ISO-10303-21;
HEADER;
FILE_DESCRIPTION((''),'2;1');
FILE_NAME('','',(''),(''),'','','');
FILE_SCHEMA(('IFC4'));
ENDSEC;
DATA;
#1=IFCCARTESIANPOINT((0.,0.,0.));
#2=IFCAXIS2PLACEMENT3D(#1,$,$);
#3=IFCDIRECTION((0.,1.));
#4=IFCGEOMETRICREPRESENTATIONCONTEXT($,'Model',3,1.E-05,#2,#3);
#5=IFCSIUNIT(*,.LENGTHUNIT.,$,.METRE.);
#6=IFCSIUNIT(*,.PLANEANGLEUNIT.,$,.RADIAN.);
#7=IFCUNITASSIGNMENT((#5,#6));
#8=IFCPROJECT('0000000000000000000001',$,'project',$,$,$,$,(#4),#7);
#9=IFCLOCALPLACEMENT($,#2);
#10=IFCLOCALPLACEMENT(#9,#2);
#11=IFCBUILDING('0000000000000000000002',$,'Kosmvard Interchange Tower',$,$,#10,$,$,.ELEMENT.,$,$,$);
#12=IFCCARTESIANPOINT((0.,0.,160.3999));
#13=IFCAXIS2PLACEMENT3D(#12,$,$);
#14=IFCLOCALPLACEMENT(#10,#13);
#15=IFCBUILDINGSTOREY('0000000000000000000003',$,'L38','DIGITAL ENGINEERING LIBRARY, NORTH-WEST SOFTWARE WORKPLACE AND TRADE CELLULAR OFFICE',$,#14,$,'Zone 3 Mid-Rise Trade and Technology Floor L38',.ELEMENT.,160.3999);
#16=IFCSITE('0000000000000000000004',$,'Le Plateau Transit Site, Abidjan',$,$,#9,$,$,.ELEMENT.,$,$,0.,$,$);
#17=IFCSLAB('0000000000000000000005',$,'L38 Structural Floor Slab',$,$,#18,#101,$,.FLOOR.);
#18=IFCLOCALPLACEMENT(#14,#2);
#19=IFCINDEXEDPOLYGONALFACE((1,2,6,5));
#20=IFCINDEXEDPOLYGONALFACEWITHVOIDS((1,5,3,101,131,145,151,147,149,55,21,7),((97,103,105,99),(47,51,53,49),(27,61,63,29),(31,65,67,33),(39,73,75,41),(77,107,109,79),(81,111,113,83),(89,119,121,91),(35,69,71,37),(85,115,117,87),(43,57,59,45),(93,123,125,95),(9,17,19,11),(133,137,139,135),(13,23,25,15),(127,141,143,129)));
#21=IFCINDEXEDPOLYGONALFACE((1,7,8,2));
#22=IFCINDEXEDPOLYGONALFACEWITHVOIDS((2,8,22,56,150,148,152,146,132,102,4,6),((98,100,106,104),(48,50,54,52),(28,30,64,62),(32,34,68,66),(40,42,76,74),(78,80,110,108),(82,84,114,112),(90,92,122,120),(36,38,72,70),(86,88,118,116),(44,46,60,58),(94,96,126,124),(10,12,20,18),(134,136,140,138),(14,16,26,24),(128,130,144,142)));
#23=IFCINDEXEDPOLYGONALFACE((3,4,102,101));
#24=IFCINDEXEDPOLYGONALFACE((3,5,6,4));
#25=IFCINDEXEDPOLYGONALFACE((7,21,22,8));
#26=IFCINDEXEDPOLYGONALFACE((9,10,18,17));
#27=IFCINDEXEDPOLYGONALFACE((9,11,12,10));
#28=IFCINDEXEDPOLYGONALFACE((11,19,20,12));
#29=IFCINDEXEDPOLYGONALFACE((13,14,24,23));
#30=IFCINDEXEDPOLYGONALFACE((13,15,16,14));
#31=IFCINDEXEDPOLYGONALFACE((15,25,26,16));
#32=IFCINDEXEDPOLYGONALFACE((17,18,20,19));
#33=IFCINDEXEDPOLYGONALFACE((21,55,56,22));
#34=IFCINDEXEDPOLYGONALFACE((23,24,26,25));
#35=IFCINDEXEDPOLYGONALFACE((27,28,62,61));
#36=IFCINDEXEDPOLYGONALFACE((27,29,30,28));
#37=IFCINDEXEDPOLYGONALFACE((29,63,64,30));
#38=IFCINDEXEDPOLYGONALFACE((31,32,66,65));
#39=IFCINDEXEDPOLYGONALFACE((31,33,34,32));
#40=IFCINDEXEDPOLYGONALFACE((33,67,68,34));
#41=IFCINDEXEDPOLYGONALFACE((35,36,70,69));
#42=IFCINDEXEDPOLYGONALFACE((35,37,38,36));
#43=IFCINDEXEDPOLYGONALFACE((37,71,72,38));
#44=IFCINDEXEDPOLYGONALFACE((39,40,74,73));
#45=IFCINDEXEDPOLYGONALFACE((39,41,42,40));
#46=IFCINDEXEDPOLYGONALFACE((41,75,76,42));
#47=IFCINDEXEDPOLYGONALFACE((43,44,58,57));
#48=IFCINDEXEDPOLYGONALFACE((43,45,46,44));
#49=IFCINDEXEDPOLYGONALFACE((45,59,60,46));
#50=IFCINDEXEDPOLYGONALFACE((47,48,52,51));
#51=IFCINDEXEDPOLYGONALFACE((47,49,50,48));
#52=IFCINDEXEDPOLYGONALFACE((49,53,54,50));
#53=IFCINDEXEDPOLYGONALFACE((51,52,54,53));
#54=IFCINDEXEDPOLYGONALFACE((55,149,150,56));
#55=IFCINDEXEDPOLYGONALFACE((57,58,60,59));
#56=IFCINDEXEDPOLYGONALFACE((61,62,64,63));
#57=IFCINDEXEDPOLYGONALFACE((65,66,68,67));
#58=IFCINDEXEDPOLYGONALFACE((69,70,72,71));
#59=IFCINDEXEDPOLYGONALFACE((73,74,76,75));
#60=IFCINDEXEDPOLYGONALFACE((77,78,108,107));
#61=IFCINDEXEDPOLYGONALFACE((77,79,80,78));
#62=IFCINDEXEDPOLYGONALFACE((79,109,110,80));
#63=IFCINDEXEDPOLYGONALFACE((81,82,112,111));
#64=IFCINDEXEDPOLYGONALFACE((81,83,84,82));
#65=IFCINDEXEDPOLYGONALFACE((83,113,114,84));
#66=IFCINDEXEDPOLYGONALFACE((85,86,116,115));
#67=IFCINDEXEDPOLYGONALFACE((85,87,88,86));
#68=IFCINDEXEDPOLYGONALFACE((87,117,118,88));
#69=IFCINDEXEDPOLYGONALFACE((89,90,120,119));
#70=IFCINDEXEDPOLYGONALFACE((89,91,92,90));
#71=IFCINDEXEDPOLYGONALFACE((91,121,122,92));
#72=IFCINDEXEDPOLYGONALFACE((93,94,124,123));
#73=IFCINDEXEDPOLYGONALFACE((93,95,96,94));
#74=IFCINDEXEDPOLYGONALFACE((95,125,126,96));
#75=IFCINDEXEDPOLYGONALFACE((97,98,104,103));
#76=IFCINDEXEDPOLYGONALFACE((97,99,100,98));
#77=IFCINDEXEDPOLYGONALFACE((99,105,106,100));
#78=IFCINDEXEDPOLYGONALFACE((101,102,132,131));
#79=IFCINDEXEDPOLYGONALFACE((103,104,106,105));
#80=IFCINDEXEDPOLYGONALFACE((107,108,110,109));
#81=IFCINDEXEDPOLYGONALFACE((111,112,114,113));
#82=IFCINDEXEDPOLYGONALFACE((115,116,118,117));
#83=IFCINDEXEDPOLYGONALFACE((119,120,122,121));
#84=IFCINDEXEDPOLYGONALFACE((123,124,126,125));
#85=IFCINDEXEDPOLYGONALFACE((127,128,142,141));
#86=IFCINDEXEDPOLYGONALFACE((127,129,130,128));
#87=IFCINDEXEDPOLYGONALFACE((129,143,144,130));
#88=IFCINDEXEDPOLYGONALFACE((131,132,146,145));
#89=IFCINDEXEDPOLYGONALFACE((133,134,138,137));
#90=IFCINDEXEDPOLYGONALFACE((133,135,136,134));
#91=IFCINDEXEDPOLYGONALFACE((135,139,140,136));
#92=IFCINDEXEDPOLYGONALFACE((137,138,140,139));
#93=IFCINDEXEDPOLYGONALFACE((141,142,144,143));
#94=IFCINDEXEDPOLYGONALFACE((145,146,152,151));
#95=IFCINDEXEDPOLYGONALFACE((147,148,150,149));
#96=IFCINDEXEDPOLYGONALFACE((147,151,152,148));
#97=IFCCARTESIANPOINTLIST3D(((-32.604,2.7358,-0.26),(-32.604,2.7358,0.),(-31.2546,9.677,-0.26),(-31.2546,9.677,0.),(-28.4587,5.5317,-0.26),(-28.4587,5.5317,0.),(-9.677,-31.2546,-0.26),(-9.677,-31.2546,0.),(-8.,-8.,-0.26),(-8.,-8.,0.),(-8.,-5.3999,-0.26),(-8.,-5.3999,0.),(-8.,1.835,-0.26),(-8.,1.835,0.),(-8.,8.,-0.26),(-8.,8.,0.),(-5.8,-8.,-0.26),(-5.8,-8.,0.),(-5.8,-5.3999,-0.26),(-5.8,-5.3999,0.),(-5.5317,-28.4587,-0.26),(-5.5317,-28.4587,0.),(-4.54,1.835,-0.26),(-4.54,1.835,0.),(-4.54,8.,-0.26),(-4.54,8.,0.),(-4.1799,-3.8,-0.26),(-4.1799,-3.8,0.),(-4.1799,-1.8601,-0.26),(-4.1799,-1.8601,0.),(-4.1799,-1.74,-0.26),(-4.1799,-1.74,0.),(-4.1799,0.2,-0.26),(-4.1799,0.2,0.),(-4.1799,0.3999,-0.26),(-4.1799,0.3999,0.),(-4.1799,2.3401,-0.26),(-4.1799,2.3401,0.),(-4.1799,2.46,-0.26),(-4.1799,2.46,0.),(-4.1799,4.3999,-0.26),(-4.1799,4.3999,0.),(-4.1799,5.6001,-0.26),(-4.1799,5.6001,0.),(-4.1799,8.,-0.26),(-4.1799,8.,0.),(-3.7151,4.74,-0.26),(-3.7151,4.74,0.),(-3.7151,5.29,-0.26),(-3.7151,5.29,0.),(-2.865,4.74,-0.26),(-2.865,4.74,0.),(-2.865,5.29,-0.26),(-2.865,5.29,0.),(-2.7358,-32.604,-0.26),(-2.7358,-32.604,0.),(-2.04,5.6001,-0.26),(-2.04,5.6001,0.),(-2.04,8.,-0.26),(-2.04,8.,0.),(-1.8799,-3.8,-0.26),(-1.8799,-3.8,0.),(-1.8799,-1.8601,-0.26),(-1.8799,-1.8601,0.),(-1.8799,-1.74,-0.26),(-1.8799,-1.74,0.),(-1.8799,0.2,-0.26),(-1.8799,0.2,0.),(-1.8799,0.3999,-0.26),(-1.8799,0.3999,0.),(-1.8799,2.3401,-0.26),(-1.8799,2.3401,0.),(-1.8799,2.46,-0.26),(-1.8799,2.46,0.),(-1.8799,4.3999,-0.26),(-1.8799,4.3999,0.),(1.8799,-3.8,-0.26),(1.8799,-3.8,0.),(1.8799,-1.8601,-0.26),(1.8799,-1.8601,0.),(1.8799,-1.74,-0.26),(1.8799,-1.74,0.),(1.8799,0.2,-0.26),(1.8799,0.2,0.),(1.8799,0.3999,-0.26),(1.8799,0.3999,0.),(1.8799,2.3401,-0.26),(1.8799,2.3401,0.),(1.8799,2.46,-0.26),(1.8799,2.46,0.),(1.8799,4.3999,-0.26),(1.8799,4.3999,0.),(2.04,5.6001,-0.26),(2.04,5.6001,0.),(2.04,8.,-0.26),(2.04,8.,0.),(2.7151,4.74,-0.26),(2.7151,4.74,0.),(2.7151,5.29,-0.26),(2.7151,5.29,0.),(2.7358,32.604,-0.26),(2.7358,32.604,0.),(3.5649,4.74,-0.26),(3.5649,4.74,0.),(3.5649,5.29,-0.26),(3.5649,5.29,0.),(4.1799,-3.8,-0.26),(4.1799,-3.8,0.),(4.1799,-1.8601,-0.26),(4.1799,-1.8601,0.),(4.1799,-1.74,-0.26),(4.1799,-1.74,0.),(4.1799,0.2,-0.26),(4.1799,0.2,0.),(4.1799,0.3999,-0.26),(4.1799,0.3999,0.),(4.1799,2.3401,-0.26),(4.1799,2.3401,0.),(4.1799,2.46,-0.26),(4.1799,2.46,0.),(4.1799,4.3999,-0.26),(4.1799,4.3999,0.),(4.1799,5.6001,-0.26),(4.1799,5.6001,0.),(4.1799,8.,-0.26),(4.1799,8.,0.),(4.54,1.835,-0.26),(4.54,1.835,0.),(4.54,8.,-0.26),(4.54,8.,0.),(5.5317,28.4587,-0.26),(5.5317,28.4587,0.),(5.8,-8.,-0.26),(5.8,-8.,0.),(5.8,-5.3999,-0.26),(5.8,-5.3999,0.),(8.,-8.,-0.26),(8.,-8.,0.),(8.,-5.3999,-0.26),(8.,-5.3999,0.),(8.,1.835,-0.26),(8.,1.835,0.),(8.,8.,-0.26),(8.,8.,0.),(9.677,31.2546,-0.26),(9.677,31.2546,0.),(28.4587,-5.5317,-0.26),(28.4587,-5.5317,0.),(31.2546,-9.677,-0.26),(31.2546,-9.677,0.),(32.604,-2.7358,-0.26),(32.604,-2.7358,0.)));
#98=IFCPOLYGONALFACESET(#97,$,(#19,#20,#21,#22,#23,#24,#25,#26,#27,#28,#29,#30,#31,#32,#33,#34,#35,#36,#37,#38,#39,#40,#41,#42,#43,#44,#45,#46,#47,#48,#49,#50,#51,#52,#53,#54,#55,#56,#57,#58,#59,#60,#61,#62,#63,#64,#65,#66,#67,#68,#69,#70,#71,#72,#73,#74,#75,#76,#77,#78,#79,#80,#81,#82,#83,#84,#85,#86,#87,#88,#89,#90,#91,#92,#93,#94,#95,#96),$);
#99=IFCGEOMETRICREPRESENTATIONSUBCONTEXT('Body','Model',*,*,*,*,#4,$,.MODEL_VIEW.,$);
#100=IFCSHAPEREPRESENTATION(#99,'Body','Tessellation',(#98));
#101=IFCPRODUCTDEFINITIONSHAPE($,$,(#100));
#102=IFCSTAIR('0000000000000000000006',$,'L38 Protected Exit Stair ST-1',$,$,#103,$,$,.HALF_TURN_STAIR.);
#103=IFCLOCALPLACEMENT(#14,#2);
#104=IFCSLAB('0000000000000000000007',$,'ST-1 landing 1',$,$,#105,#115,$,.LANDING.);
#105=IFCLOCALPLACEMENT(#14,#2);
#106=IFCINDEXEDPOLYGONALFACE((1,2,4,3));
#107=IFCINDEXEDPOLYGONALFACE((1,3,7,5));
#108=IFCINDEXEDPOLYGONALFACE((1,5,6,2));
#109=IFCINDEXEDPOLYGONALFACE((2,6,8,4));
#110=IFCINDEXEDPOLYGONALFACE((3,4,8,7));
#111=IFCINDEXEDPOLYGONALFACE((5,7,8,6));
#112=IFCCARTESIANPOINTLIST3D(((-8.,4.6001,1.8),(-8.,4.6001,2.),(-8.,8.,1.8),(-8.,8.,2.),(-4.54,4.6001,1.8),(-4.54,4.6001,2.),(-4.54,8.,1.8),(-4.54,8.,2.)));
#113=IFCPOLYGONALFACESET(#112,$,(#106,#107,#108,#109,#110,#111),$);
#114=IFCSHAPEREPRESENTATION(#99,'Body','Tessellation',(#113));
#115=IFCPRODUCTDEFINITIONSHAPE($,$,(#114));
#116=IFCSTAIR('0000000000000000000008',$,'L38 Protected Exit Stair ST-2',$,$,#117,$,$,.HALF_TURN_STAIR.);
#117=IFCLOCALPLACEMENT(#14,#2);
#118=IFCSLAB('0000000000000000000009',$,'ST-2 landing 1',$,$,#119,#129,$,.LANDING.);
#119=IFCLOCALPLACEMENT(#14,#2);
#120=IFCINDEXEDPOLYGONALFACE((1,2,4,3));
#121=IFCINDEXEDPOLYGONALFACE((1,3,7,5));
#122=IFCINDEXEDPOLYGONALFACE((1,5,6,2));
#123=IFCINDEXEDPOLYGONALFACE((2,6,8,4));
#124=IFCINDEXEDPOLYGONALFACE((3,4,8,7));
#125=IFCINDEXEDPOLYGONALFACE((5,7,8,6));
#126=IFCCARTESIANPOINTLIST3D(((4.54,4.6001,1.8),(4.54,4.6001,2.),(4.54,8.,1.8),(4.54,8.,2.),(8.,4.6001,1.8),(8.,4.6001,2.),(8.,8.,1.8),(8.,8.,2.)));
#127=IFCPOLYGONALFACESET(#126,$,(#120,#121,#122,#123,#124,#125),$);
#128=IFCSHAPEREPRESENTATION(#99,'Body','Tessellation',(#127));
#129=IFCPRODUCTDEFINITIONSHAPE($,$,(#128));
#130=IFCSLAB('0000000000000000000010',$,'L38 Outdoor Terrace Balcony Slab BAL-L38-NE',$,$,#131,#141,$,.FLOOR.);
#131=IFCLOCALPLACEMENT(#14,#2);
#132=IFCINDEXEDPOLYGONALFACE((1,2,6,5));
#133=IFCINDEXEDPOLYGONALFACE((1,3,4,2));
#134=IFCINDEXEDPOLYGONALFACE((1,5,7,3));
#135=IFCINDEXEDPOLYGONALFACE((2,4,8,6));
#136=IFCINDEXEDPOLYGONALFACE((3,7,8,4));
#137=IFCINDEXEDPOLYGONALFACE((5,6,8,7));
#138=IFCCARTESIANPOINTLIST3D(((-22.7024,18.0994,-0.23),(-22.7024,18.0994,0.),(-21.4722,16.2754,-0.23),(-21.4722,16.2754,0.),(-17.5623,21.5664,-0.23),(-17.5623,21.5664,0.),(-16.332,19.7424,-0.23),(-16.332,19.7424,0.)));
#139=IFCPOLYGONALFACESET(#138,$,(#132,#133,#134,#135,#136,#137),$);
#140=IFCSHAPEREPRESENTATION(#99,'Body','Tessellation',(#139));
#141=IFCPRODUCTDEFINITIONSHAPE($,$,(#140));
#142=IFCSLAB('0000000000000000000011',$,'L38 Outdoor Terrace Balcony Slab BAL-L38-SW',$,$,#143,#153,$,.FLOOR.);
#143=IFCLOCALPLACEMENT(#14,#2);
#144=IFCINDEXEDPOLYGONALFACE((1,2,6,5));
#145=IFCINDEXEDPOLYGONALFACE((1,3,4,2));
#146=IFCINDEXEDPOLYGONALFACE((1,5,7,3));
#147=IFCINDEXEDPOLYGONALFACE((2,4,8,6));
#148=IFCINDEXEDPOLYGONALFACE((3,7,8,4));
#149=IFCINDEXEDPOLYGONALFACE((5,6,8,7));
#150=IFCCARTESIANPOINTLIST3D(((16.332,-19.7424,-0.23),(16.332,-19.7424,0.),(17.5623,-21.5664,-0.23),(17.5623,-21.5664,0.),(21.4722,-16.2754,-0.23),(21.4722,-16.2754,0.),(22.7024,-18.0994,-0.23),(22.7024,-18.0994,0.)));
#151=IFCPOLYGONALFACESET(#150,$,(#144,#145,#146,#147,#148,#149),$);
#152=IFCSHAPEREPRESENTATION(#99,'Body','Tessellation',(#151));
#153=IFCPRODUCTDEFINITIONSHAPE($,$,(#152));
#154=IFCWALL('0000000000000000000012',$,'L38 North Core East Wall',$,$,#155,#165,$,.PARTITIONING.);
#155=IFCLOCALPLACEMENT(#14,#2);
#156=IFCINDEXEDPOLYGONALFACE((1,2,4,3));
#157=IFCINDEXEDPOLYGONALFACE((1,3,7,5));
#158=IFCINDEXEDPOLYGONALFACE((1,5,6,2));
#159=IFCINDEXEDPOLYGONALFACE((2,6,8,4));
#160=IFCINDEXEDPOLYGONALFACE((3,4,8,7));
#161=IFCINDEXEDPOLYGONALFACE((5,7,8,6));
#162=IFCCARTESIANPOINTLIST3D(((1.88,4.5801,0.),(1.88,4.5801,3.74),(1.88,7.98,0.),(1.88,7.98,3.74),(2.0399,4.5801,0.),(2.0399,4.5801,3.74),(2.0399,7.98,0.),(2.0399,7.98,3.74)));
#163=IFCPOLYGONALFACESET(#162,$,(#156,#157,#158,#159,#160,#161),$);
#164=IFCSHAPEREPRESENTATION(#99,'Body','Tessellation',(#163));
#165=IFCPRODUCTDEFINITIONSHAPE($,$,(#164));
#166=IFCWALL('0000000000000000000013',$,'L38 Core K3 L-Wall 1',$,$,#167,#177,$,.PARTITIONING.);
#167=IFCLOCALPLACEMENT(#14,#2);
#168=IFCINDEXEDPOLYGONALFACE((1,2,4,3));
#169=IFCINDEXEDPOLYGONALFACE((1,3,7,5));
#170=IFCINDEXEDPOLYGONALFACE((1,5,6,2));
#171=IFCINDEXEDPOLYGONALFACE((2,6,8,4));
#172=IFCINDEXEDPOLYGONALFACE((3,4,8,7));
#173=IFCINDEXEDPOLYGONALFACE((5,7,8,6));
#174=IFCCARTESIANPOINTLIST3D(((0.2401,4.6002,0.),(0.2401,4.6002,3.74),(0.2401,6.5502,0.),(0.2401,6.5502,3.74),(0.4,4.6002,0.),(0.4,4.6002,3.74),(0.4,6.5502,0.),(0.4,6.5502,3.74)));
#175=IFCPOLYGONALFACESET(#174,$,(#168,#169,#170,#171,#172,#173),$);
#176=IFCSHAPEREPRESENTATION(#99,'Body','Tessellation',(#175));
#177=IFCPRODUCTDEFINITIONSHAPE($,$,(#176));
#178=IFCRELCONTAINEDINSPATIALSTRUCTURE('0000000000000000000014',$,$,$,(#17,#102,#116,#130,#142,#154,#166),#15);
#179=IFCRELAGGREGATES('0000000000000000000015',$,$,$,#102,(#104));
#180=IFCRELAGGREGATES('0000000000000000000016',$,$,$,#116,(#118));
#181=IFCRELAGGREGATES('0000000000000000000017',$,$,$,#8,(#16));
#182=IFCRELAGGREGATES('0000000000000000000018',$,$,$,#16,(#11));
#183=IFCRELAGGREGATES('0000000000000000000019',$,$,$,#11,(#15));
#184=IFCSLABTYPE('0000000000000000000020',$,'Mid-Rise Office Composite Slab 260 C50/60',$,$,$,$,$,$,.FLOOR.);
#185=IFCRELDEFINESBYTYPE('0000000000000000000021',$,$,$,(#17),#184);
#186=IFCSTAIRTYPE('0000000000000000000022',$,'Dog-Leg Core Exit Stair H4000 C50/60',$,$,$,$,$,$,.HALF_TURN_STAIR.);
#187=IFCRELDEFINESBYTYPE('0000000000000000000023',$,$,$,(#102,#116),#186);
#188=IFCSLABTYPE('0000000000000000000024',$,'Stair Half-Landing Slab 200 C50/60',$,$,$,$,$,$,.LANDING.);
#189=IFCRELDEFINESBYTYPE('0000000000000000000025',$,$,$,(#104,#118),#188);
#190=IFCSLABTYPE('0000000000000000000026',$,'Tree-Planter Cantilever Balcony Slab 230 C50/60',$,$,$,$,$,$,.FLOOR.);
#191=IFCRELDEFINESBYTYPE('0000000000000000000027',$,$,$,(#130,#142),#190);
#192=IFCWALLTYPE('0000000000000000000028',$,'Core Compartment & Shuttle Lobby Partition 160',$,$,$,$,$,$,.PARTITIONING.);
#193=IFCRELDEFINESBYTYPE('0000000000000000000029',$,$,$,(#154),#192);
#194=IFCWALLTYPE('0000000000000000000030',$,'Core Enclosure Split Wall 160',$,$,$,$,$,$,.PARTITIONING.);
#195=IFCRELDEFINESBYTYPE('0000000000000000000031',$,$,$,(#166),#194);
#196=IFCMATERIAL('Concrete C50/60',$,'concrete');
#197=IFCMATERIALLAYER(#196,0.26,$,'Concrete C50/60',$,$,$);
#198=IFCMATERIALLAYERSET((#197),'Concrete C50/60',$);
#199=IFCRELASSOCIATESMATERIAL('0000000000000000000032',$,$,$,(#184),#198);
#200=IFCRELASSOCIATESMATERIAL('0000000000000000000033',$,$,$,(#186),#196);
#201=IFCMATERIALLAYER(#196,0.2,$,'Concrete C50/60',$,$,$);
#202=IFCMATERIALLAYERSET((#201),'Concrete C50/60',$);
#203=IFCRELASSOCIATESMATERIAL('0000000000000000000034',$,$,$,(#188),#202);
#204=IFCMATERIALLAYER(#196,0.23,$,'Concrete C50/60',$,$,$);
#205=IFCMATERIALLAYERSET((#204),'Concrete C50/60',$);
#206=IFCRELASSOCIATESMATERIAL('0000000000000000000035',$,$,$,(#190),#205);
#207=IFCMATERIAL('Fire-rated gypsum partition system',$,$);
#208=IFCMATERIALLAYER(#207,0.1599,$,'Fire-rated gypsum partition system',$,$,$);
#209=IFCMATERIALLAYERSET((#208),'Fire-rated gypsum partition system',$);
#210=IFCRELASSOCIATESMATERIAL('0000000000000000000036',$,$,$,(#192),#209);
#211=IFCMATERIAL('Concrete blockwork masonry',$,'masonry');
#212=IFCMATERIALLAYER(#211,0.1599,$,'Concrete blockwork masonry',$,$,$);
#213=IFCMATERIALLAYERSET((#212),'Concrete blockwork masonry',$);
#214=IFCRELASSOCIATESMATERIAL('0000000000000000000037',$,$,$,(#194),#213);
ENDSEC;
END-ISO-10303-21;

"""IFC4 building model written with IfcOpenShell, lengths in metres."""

from ifc_helpers import new_model, si_unit, direction, frame, frame_2d, origin, place, context, subcontext, project, spatial, polyline, rectangle, outline, extrude, material, layer, layer_set, type_object, element, aggregate, save


model = new_model("IFC4")

# Units and contexts
model_context = context("Model", 3, precision=1e-05, world=origin(), true_north=direction((0.0, 1.0)))
body_context = subcontext(model_context, "Body", "Model", "MODEL_VIEW")
ifc_project = project(units=[si_unit("LENGTHUNIT", "METRE"), si_unit("PLANEANGLEUNIT", "RADIAN")], contexts=[model_context])

# Site, building, storey
site_placement = place(None, origin())
site = spatial("IfcSite", under=ifc_project, at=site_placement, Name="Le Plateau Transit Site, Abidjan", CompositionType="ELEMENT", RefElevation=0.0)
building_placement = place(site_placement, origin())
building = spatial("IfcBuilding", under=site, at=building_placement, Name="Kosmvard Interchange Tower", CompositionType="ELEMENT")
storey_placement = place(building_placement, frame((0.0, 0.0, 160.3999)))
storey = spatial("IfcBuildingStorey", under=building, at=storey_placement, Name="L38", Description="DIGITAL ENGINEERING LIBRARY, NORTH-WEST SOFTWARE WORKPLACE AND TRADE CELLULAR OFFICE", LongName="Zone 3 Mid-Rise Trade and Technology Floor L38", CompositionType="ELEMENT", Elevation=160.3999)

# Slab
ifc_material_1 = material(Name="Concrete C50/60", Category="concrete")
ifc_layer_1 = layer(ifc_material_1, 0.26, Name="Concrete C50/60")
ifc_layer_set_1 = layer_set([ifc_layer_1], Name="Concrete C50/60")
slab_type_1 = type_object("IfcSlabType", Name="Mid-Rise Office Composite Slab 260 C50/60", PredefinedType="FLOOR", material=ifc_layer_set_1)
slab_1_placement = place(storey_placement, frame((0.0, 0.0, -0.26)))
element("IfcSlab", 1, at=slab_1_placement, inside=storey, type_object=slab_type_1, Name="L38 Structural Floor Slab", PredefinedType="FLOOR", context=body_context, shape_type="SweptSolid", body=[
    extrude(outline(polyline([(-2.7358, -32.604), (31.2546, -9.677), (28.4587, -5.5317), (32.604, -2.7358), (9.677, 31.2546), (5.5317, 28.4587), (2.7358, 32.604), (-31.2546, 9.677), (-28.4587, 5.5317), (-32.604, 2.7358), (-9.677, -31.2546), (-5.5317, -28.4587), (-2.7358, -32.604)]), holes=[polyline([(-8.0, 1.835), (-4.54, 1.835), (-4.54, 8.0), (-8.0, 8.0), (-8.0, 1.835)]), polyline([(4.54, 1.835), (8.0, 1.835), (8.0, 8.0), (4.54, 8.0), (4.54, 1.835)]), polyline([(-8.0, -8.0), (-5.8, -8.0), (-5.8, -5.3999), (-8.0, -5.3999), (-8.0, -8.0)]), polyline([(5.8, -8.0), (8.0, -8.0), (8.0, -5.3999), (5.8, -5.3999), (5.8, -8.0)]), polyline([(-4.1799, -3.8), (-1.8799, -3.8), (-1.8799, -1.8601), (-4.1799, -1.8601), (-4.1799, -3.8)]), polyline([(-4.1799, -1.74), (-1.8799, -1.74), (-1.8799, 0.2), (-4.1799, 0.2), (-4.1799, -1.74)]), polyline([(1.8799, -3.8), (4.1799, -3.8), (4.1799, -1.8601), (1.8799, -1.8601), (1.8799, -3.8)]), polyline([(1.8799, -1.74), (4.1799, -1.74), (4.1799, 0.2), (1.8799, 0.2), (1.8799, -1.74)]), polyline([(-4.1799, 0.3999), (-1.8799, 0.3999), (-1.8799, 2.3401), (-4.1799, 2.3401), (-4.1799, 0.3999)]), polyline([(-4.1799, 2.46), (-1.8799, 2.46), (-1.8799, 4.3999), (-4.1799, 4.3999), (-4.1799, 2.46)]), polyline([(1.8799, 0.3999), (4.1799, 0.3999), (4.1799, 2.3401), (1.8799, 2.3401), (1.8799, 0.3999)]), polyline([(1.8799, 2.46), (4.1799, 2.46), (4.1799, 4.3999), (1.8799, 4.3999), (1.8799, 2.46)]), polyline([(-4.1799, 5.6001), (-2.04, 5.6001), (-2.04, 8.0), (-4.1799, 8.0), (-4.1799, 5.6001)]), polyline([(2.04, 5.6001), (4.1799, 5.6001), (4.1799, 8.0), (2.04, 8.0), (2.04, 5.6001)]), polyline([(-3.7151, 4.74), (-2.865, 4.74), (-2.865, 5.29), (-3.7151, 5.29), (-3.7151, 4.74)]), polyline([(2.7151, 4.74), (3.5649, 4.74), (3.5649, 5.29), (2.7151, 5.29), (2.7151, 4.74)])]), origin(), (0.0, 0.0, 1.0), 0.26),
])

# Stairs, slabs
stair_type = type_object("IfcStairType", Name="Dog-Leg Core Exit Stair H4000 C50/60", PredefinedType="HALF_TURN_STAIR", material=ifc_material_1)
stair_1_placement = place(storey_placement, origin())
stair_1 = element("IfcStair", 2, at=stair_1_placement, inside=storey, type_object=stair_type, Name="L38 Protected Exit Stair ST-1", PredefinedType="HALF_TURN_STAIR")
ifc_layer_2 = layer(ifc_material_1, 0.2, Name="Concrete C50/60")
ifc_layer_set_2 = layer_set([ifc_layer_2], Name="Concrete C50/60")
slab_type_2 = type_object("IfcSlabType", Name="Stair Half-Landing Slab 200 C50/60", PredefinedType="LANDING", material=ifc_layer_set_2)
slab_2_placement = place(storey_placement, frame((0.0, 0.0, 1.8)))
slab_2 = element("IfcSlab", 3, at=slab_2_placement, type_object=slab_type_2, Name="ST-1 landing 1", PredefinedType="LANDING", context=body_context, shape_type="SweptSolid", body=[
    extrude(outline(polyline([(-4.54, 4.6001), (-4.54, 8.0), (-8.0, 8.0), (-8.0, 4.6001), (-4.54, 4.6001)])), origin(), (0.0, 0.0, 1.0), 0.2),
])
aggregate(stair_1, [slab_2])
stair_2_placement = place(storey_placement, origin())
stair_2 = element("IfcStair", 4, at=stair_2_placement, inside=storey, type_object=stair_type, Name="L38 Protected Exit Stair ST-2", PredefinedType="HALF_TURN_STAIR")
slab_3_placement = place(storey_placement, frame((0.0, 0.0, 1.8)))
slab_3 = element("IfcSlab", 5, at=slab_3_placement, type_object=slab_type_2, Name="ST-2 landing 1", PredefinedType="LANDING", context=body_context, shape_type="SweptSolid", body=[
    extrude(outline(polyline([(8.0, 4.6001), (8.0, 8.0), (4.54, 8.0), (4.54, 4.6001), (8.0, 4.6001)])), origin(), (0.0, 0.0, 1.0), 0.2),
])
aggregate(stair_2, [slab_3])

# Slabs
ifc_layer_3 = layer(ifc_material_1, 0.23, Name="Concrete C50/60")
ifc_layer_set_3 = layer_set([ifc_layer_3], Name="Concrete C50/60")
slab_type_3 = type_object("IfcSlabType", Name="Tree-Planter Cantilever Balcony Slab 230 C50/60", PredefinedType="FLOOR", material=ifc_layer_set_3)
slab_4_placement = place(storey_placement, frame((0.0, 0.0, -0.23)))
element("IfcSlab", 6, at=slab_4_placement, inside=storey, type_object=slab_type_3, Name="L38 Outdoor Terrace Balcony Slab BAL-L38-NE", PredefinedType="FLOOR", context=body_context, shape_type="SweptSolid", body=[
    extrude(outline(polyline([(-21.4722, 16.2754), (-16.332, 19.7424), (-17.5623, 21.5664), (-22.7024, 18.0994), (-21.4722, 16.2754)])), origin(), (0.0, 0.0, 1.0), 0.23),
])
slab_5_placement = place(storey_placement, frame((0.0, 0.0, -0.23)))
element("IfcSlab", 7, at=slab_5_placement, inside=storey, type_object=slab_type_3, Name="L38 Outdoor Terrace Balcony Slab BAL-L38-SW", PredefinedType="FLOOR", context=body_context, shape_type="SweptSolid", body=[
    extrude(outline(polyline([(17.5623, -21.5664), (22.7024, -18.0994), (21.4722, -16.2754), (16.332, -19.7424), (17.5623, -21.5664)])), origin(), (0.0, 0.0, 1.0), 0.23),
])

# Walls
ifc_material_2 = material(Name="Fire-rated gypsum partition system")
ifc_layer_4 = layer(ifc_material_2, 0.1599, Name="Fire-rated gypsum partition system")
ifc_layer_set_4 = layer_set([ifc_layer_4], Name="Fire-rated gypsum partition system")
wall_type_1 = type_object("IfcWallType", Name="Core Compartment & Shuttle Lobby Partition 160", PredefinedType="PARTITIONING", material=ifc_layer_set_4)
wall_1_placement = place(storey_placement, frame((1.96, 4.5801, 0.0), z_axis=(0.0, 0.0, 1.0), x_axis=(0.0, 1.0, 0.0)))
element("IfcWall", 8, at=wall_1_placement, inside=storey, type_object=wall_type_1, Name="L38 North Core East Wall", PredefinedType="PARTITIONING", context=body_context, shape_type="SweptSolid", body=[
    extrude(rectangle(XDim=3.3999, YDim=0.1599, at=frame_2d((1.7, 0.0))), origin(), (0.0, 0.0, 1.0), 3.74),
])
ifc_material_3 = material(Name="Concrete blockwork masonry", Category="masonry")
ifc_layer_5 = layer(ifc_material_3, 0.1599, Name="Concrete blockwork masonry")
ifc_layer_set_5 = layer_set([ifc_layer_5], Name="Concrete blockwork masonry")
wall_type_2 = type_object("IfcWallType", Name="Core Enclosure Split Wall 160", PredefinedType="PARTITIONING", material=ifc_layer_set_5)
wall_2_placement = place(storey_placement, frame((0.3201, 4.6001, 0.0), z_axis=(0.0, 0.0, 1.0), x_axis=(0.0, 1.0, 0.0)))
element("IfcWall", 9, at=wall_2_placement, inside=storey, type_object=wall_type_2, Name="L38 Core K3 L-Wall 1", PredefinedType="PARTITIONING", context=body_context, shape_type="SweptSolid", body=[
    extrude(rectangle(XDim=1.95, YDim=0.1599, at=frame_2d((0.9751, 0.0))), origin(), (0.0, 0.0, 1.0), 3.74),
])

save(model, "model.ifc")
